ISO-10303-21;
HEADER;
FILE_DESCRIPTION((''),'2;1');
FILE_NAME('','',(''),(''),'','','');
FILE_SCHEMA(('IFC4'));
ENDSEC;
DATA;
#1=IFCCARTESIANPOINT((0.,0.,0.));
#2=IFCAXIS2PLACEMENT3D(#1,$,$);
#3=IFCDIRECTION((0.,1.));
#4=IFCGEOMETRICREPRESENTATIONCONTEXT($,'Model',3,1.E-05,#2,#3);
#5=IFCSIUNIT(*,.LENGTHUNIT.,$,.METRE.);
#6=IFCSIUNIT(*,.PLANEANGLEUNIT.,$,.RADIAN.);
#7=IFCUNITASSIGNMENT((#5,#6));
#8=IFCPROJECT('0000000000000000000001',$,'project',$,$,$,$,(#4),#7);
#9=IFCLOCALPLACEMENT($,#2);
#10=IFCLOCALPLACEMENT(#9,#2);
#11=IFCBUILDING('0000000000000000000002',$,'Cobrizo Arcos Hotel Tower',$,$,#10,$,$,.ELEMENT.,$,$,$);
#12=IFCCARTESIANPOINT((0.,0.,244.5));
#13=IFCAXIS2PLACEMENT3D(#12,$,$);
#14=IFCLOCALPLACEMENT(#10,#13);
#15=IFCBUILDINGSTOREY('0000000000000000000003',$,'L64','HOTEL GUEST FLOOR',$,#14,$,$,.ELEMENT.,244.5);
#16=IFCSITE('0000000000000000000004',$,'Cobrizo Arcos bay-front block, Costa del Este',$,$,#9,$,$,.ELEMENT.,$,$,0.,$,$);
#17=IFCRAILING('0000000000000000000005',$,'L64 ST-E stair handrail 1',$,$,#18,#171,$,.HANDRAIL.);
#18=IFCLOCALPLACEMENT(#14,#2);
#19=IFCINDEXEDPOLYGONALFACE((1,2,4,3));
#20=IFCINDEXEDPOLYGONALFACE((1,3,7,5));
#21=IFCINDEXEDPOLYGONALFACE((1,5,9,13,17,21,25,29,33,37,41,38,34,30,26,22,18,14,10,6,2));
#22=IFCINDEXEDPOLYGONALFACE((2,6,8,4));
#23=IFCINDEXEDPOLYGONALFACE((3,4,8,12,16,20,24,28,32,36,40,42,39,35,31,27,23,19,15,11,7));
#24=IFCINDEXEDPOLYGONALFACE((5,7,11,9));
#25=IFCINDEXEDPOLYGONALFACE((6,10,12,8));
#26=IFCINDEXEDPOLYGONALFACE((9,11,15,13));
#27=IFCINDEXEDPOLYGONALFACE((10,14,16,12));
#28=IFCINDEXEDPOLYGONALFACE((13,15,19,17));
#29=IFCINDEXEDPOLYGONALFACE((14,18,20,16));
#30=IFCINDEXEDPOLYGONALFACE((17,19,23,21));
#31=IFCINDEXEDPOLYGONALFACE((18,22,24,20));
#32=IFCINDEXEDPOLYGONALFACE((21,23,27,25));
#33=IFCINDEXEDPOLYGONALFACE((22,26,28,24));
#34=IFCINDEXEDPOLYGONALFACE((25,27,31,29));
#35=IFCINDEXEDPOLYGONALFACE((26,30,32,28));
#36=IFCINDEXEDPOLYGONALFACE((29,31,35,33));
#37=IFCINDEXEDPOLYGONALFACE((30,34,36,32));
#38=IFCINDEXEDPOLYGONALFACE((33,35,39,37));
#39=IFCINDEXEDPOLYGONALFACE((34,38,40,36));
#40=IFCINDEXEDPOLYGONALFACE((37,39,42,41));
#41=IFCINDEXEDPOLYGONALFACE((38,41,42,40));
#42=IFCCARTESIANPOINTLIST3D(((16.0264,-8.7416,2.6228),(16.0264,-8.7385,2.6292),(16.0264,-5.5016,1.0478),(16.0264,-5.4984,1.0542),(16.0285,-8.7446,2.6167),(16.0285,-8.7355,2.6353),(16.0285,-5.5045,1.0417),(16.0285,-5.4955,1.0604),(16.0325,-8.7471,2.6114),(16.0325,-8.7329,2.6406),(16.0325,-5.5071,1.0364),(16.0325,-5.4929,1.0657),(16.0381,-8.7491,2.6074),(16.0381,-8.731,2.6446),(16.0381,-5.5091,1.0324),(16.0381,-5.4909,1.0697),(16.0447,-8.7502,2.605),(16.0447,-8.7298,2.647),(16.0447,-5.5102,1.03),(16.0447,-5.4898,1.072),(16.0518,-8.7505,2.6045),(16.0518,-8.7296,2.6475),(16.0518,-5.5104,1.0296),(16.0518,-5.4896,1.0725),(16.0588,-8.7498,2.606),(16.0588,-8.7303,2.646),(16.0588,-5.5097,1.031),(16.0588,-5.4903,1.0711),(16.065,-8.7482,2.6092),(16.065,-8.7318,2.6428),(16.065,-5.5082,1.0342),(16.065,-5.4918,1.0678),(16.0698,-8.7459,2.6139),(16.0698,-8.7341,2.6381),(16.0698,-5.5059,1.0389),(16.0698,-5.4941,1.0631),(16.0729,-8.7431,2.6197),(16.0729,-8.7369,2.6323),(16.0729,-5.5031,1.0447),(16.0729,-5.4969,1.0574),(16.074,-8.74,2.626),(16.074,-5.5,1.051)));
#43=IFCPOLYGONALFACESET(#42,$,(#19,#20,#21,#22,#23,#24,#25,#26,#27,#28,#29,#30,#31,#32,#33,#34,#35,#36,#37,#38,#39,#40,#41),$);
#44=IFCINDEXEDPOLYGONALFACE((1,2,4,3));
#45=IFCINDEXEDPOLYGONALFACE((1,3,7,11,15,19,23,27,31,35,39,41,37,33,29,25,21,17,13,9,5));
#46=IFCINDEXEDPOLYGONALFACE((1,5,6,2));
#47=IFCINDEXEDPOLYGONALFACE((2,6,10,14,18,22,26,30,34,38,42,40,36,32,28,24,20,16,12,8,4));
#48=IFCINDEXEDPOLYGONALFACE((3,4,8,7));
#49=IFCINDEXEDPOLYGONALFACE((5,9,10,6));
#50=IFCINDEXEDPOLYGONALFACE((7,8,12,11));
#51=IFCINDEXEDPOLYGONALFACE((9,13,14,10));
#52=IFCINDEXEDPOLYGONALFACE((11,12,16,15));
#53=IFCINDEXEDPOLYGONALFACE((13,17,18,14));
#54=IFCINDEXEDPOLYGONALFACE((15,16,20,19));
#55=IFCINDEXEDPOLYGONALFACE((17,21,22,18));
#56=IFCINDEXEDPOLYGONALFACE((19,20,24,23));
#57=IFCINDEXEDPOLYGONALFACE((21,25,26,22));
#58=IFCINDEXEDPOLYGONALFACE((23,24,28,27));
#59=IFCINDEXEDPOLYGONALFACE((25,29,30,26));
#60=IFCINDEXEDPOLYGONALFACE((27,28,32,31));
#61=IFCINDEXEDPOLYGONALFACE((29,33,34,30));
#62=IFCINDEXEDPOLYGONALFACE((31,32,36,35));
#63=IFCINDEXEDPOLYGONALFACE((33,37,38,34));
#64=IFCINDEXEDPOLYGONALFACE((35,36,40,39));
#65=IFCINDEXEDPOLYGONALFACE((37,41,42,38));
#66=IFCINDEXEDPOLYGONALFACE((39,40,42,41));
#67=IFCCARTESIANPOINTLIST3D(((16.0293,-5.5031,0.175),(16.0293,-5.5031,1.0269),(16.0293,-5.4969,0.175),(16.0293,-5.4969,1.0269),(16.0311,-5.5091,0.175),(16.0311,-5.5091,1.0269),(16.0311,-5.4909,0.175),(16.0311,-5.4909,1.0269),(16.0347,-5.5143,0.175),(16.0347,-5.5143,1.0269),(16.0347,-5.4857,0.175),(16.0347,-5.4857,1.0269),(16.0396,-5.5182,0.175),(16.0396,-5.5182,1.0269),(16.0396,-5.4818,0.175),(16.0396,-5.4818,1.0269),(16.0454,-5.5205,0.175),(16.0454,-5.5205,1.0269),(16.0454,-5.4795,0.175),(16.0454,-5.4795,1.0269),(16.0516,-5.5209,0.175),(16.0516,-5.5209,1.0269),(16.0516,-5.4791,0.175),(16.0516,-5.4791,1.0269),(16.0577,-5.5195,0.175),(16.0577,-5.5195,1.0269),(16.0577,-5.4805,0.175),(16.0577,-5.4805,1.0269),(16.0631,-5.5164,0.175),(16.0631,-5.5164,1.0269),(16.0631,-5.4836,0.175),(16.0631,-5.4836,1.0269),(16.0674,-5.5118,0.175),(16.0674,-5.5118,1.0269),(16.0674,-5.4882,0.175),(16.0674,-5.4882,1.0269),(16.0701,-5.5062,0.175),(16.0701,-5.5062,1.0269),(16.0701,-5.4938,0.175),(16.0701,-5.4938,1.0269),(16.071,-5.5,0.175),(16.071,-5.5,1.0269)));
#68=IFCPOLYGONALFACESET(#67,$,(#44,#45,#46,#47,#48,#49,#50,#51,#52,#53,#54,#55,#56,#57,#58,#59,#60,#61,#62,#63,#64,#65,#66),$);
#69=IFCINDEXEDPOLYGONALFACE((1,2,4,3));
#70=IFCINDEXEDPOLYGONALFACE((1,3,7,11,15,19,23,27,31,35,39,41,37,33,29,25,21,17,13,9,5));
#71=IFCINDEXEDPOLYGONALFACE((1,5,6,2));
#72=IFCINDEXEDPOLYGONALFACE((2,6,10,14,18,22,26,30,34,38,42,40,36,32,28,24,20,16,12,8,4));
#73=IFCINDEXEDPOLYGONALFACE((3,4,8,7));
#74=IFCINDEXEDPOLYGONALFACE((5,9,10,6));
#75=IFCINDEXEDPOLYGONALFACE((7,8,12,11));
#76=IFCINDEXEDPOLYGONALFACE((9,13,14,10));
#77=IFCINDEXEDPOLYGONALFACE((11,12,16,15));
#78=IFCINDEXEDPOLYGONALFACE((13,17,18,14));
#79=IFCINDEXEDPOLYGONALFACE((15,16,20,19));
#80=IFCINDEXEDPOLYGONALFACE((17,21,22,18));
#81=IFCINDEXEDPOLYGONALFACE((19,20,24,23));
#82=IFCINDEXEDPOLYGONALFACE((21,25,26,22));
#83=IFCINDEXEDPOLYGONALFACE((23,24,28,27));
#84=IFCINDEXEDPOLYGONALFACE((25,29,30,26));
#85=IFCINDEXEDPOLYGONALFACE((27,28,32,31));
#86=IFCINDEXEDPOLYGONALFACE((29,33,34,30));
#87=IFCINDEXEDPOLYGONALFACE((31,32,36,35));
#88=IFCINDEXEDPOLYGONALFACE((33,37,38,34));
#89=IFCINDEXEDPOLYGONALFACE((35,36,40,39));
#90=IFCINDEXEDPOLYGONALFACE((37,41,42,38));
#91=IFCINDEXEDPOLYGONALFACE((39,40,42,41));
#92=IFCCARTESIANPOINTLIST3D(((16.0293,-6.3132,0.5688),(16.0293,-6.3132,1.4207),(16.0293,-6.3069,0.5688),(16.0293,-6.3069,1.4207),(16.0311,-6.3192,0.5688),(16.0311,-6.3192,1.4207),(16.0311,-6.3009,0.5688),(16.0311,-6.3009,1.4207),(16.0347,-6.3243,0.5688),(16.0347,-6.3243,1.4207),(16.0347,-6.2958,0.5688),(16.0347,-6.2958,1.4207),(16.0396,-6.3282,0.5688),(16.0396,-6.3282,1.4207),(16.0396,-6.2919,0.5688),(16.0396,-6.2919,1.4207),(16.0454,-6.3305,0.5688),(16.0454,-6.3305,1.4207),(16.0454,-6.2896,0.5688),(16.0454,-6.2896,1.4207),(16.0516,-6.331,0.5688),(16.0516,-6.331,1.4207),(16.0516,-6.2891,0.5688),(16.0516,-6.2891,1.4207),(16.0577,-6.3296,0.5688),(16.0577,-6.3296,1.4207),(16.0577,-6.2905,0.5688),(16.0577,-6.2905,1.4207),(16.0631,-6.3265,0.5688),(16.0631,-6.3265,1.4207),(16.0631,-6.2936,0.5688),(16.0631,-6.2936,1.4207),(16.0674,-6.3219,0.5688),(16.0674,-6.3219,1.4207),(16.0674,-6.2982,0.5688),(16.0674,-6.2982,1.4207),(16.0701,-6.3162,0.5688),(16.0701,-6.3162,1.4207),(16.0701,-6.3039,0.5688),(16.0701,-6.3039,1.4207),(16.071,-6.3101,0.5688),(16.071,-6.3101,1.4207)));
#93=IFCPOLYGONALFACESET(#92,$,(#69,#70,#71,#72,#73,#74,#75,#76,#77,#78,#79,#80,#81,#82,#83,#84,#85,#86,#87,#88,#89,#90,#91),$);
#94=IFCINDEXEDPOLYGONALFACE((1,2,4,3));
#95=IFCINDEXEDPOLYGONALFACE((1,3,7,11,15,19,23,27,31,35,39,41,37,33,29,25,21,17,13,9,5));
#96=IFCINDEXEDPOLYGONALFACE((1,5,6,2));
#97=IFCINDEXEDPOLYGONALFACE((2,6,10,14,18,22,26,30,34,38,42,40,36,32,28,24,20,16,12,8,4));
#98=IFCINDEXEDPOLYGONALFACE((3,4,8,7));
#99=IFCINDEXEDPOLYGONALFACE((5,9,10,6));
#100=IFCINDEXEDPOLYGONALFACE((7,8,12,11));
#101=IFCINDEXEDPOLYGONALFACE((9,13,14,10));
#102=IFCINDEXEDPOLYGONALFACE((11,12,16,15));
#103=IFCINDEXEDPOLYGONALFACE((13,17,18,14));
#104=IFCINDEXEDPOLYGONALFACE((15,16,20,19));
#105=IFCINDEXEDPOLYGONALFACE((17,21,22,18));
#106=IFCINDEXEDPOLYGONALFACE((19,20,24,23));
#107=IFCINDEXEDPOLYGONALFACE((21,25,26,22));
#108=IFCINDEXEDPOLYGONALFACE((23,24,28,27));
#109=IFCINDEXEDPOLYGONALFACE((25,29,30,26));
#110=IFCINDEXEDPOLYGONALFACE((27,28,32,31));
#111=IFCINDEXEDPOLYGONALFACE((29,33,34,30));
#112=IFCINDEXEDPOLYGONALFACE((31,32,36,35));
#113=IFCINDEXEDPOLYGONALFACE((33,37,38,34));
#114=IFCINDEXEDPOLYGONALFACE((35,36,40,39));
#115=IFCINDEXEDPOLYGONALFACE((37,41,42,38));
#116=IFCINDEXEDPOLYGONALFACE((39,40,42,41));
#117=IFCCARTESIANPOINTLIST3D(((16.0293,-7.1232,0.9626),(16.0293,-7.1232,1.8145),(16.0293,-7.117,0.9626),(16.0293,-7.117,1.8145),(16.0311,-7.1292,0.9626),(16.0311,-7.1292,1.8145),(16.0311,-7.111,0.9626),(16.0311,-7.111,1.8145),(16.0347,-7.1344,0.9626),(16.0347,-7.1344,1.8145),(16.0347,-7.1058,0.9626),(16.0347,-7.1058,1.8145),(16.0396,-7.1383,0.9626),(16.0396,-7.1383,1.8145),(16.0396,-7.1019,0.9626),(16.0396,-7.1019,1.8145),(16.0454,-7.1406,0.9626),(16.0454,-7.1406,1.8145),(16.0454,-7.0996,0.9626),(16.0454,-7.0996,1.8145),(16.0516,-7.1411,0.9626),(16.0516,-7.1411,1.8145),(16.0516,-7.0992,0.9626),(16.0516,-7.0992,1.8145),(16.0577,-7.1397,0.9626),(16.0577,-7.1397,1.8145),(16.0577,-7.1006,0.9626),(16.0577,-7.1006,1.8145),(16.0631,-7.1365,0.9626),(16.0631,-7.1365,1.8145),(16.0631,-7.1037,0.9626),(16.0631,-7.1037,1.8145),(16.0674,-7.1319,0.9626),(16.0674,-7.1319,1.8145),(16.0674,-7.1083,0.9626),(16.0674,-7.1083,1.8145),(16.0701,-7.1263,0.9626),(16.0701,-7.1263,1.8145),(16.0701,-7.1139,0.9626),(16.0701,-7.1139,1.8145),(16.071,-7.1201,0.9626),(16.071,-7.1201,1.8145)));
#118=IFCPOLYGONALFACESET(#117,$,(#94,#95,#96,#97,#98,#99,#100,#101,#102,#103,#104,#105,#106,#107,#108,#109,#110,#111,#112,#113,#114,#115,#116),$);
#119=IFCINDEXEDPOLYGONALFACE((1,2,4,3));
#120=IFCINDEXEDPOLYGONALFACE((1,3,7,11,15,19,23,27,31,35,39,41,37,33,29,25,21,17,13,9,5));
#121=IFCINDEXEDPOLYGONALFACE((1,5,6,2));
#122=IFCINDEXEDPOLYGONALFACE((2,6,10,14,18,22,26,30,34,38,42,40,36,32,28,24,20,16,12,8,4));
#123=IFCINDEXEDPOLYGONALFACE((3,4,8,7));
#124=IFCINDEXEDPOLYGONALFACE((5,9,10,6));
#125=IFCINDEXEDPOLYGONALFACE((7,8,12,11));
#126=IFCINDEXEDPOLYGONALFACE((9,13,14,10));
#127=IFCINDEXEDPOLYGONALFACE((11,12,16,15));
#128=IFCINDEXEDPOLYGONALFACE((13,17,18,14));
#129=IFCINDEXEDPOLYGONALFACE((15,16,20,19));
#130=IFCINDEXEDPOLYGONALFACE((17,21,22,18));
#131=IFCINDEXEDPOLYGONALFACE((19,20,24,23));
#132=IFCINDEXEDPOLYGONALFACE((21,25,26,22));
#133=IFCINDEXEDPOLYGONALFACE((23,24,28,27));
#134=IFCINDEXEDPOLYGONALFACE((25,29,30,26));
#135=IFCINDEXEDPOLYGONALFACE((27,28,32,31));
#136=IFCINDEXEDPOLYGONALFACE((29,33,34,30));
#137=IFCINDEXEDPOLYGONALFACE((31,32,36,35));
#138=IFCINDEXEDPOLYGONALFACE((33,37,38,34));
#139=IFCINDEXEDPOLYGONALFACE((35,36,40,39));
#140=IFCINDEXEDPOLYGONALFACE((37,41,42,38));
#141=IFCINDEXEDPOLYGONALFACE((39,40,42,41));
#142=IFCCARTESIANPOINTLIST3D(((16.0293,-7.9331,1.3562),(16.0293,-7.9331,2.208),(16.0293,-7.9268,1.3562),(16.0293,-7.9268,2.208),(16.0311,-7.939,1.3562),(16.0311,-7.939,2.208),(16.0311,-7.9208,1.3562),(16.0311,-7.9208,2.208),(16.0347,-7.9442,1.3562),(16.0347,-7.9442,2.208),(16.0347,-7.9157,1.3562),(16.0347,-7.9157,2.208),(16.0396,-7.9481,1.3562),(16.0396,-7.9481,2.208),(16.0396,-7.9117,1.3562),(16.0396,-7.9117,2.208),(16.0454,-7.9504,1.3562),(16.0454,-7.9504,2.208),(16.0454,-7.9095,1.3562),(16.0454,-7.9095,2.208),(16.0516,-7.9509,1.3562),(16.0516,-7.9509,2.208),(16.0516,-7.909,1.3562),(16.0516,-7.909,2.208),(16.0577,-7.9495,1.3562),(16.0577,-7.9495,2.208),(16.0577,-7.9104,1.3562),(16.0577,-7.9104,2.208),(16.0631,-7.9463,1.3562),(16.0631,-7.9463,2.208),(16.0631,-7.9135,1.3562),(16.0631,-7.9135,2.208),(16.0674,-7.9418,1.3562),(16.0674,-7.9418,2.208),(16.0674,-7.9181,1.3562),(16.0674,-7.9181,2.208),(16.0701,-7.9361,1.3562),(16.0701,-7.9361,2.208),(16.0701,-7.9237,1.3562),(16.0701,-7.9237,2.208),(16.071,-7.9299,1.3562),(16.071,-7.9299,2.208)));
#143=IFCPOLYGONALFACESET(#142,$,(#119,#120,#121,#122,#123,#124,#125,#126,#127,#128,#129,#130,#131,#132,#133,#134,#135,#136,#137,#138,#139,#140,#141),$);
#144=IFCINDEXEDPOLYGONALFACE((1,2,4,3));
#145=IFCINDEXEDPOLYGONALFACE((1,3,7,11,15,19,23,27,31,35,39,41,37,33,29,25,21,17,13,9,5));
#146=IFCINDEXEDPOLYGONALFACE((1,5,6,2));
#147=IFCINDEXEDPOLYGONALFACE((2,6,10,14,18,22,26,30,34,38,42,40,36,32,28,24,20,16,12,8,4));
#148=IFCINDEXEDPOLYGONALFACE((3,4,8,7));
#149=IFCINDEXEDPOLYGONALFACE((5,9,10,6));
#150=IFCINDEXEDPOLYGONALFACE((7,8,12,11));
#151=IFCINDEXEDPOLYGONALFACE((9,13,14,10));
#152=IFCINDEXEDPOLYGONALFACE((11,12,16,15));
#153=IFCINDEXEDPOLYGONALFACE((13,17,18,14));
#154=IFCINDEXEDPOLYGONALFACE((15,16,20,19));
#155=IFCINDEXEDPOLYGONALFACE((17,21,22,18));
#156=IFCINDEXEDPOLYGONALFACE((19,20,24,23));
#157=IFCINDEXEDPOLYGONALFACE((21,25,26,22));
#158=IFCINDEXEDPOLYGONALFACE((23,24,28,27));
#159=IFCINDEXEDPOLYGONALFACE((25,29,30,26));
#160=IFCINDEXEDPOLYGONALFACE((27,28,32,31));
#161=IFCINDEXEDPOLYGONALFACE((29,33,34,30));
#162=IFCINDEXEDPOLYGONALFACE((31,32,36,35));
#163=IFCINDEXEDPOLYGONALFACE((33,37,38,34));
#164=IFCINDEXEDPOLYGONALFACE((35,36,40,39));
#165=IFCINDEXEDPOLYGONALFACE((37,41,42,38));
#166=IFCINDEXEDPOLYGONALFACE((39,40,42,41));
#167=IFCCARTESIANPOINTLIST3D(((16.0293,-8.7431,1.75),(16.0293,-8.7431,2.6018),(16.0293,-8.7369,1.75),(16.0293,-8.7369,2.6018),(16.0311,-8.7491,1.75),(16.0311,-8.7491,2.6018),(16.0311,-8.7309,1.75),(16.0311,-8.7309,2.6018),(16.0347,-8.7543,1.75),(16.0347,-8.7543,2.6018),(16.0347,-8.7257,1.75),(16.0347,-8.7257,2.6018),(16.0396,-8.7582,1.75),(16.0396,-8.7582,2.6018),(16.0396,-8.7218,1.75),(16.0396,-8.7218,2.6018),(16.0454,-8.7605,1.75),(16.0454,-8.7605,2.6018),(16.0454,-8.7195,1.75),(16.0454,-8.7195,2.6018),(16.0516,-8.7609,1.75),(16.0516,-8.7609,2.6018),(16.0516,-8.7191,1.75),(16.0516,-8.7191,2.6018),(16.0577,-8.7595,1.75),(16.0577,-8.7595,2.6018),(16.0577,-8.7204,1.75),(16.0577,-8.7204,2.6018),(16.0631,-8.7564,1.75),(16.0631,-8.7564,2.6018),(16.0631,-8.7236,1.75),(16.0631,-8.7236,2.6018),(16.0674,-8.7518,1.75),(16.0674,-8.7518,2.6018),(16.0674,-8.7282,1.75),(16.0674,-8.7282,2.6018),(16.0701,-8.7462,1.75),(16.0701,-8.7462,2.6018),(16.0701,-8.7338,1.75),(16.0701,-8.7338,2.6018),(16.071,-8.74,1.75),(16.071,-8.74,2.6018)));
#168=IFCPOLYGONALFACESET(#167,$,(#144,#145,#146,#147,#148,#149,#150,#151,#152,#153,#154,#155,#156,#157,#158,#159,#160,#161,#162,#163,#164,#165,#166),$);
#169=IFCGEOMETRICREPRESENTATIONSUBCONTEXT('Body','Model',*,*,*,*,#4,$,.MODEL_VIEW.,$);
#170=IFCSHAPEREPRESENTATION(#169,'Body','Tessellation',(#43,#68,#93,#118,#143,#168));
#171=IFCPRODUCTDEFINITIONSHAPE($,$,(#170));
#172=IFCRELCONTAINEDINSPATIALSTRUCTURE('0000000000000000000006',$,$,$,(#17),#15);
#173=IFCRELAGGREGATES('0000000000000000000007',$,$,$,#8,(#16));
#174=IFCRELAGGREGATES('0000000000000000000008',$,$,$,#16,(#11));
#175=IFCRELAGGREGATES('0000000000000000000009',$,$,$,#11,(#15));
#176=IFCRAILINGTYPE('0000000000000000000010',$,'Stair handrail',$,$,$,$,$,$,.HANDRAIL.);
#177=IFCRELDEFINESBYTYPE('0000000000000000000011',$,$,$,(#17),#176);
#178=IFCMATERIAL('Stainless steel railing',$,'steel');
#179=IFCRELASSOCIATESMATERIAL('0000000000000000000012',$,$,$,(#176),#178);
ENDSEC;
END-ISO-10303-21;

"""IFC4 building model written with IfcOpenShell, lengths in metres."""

from ifc_helpers import new_model, si_unit, direction, frame, origin, origin_2d, place, context, subcontext, project, spatial, circle, extrude, material, type_object, element, save


model = new_model("IFC4")

# Units and contexts
model_context = context("Model", 3, precision=1e-05, world=origin(), true_north=direction((0.0, 1.0)))
body_context = subcontext(model_context, "Body", "Model", "MODEL_VIEW")
ifc_project = project(units=[si_unit("LENGTHUNIT", "METRE"), si_unit("PLANEANGLEUNIT", "RADIAN")], contexts=[model_context])

# Site, building, storey
site_placement = place(None, origin())
site = spatial("IfcSite", under=ifc_project, at=site_placement, Name="Cobrizo Arcos bay-front block, Costa del Este", CompositionType="ELEMENT", RefElevation=0.0)
building_placement = place(site_placement, origin())
building = spatial("IfcBuilding", under=site, at=building_placement, Name="Cobrizo Arcos Hotel Tower", CompositionType="ELEMENT")
storey_placement = place(building_placement, frame((0.0, 0.0, 244.5)))
storey = spatial("IfcBuildingStorey", under=building, at=storey_placement, Name="L64", Description="HOTEL GUEST FLOOR", CompositionType="ELEMENT", Elevation=244.5)

# Railing
ifc_material_1 = material(Name="Stainless steel railing", Category="steel")
railing_type_1 = type_object("IfcRailingType", Name="Stair handrail", PredefinedType="HANDRAIL", material=ifc_material_1)
railing_1_placement = place(storey_placement, frame((16.05, -5.5, 0.175)))
element("IfcRailing", 1, at=railing_1_placement, inside=storey, type_object=railing_type_1, Name="L64 ST-E stair handrail 1", PredefinedType="HANDRAIL", context=body_context, shape_type="SweptSolid", body=[
    extrude(circle(Radius=0.0239, at=origin_2d()), frame((0.0, 0.0, 0.876), z_axis=(0.0, -0.899373, 0.437183), x_axis=(1.0, 0.0, 0.0)), (0.0, 0.0, 1.0), 3.6025),
    extrude(circle(Radius=0.021, at=origin_2d()), origin(), (0.0, 0.0, 1.0), 0.8518),
    extrude(circle(Radius=0.021, at=origin_2d()), frame((0.0, -0.8101, 0.3938)), (0.0, 0.0, 1.0), 0.8518),
    extrude(circle(Radius=0.021, at=origin_2d()), frame((0.0, -1.6201, 0.7876)), (0.0, 0.0, 1.0), 0.8518),
    extrude(circle(Radius=0.021, at=origin_2d()), frame((0.0, -2.4299, 1.1812)), (0.0, 0.0, 1.0), 0.8518),
    extrude(circle(Radius=0.021, at=origin_2d()), frame((0.0, -3.24, 1.575)), (0.0, 0.0, 1.0), 0.8518),
])

save(model, "model.ifc")
